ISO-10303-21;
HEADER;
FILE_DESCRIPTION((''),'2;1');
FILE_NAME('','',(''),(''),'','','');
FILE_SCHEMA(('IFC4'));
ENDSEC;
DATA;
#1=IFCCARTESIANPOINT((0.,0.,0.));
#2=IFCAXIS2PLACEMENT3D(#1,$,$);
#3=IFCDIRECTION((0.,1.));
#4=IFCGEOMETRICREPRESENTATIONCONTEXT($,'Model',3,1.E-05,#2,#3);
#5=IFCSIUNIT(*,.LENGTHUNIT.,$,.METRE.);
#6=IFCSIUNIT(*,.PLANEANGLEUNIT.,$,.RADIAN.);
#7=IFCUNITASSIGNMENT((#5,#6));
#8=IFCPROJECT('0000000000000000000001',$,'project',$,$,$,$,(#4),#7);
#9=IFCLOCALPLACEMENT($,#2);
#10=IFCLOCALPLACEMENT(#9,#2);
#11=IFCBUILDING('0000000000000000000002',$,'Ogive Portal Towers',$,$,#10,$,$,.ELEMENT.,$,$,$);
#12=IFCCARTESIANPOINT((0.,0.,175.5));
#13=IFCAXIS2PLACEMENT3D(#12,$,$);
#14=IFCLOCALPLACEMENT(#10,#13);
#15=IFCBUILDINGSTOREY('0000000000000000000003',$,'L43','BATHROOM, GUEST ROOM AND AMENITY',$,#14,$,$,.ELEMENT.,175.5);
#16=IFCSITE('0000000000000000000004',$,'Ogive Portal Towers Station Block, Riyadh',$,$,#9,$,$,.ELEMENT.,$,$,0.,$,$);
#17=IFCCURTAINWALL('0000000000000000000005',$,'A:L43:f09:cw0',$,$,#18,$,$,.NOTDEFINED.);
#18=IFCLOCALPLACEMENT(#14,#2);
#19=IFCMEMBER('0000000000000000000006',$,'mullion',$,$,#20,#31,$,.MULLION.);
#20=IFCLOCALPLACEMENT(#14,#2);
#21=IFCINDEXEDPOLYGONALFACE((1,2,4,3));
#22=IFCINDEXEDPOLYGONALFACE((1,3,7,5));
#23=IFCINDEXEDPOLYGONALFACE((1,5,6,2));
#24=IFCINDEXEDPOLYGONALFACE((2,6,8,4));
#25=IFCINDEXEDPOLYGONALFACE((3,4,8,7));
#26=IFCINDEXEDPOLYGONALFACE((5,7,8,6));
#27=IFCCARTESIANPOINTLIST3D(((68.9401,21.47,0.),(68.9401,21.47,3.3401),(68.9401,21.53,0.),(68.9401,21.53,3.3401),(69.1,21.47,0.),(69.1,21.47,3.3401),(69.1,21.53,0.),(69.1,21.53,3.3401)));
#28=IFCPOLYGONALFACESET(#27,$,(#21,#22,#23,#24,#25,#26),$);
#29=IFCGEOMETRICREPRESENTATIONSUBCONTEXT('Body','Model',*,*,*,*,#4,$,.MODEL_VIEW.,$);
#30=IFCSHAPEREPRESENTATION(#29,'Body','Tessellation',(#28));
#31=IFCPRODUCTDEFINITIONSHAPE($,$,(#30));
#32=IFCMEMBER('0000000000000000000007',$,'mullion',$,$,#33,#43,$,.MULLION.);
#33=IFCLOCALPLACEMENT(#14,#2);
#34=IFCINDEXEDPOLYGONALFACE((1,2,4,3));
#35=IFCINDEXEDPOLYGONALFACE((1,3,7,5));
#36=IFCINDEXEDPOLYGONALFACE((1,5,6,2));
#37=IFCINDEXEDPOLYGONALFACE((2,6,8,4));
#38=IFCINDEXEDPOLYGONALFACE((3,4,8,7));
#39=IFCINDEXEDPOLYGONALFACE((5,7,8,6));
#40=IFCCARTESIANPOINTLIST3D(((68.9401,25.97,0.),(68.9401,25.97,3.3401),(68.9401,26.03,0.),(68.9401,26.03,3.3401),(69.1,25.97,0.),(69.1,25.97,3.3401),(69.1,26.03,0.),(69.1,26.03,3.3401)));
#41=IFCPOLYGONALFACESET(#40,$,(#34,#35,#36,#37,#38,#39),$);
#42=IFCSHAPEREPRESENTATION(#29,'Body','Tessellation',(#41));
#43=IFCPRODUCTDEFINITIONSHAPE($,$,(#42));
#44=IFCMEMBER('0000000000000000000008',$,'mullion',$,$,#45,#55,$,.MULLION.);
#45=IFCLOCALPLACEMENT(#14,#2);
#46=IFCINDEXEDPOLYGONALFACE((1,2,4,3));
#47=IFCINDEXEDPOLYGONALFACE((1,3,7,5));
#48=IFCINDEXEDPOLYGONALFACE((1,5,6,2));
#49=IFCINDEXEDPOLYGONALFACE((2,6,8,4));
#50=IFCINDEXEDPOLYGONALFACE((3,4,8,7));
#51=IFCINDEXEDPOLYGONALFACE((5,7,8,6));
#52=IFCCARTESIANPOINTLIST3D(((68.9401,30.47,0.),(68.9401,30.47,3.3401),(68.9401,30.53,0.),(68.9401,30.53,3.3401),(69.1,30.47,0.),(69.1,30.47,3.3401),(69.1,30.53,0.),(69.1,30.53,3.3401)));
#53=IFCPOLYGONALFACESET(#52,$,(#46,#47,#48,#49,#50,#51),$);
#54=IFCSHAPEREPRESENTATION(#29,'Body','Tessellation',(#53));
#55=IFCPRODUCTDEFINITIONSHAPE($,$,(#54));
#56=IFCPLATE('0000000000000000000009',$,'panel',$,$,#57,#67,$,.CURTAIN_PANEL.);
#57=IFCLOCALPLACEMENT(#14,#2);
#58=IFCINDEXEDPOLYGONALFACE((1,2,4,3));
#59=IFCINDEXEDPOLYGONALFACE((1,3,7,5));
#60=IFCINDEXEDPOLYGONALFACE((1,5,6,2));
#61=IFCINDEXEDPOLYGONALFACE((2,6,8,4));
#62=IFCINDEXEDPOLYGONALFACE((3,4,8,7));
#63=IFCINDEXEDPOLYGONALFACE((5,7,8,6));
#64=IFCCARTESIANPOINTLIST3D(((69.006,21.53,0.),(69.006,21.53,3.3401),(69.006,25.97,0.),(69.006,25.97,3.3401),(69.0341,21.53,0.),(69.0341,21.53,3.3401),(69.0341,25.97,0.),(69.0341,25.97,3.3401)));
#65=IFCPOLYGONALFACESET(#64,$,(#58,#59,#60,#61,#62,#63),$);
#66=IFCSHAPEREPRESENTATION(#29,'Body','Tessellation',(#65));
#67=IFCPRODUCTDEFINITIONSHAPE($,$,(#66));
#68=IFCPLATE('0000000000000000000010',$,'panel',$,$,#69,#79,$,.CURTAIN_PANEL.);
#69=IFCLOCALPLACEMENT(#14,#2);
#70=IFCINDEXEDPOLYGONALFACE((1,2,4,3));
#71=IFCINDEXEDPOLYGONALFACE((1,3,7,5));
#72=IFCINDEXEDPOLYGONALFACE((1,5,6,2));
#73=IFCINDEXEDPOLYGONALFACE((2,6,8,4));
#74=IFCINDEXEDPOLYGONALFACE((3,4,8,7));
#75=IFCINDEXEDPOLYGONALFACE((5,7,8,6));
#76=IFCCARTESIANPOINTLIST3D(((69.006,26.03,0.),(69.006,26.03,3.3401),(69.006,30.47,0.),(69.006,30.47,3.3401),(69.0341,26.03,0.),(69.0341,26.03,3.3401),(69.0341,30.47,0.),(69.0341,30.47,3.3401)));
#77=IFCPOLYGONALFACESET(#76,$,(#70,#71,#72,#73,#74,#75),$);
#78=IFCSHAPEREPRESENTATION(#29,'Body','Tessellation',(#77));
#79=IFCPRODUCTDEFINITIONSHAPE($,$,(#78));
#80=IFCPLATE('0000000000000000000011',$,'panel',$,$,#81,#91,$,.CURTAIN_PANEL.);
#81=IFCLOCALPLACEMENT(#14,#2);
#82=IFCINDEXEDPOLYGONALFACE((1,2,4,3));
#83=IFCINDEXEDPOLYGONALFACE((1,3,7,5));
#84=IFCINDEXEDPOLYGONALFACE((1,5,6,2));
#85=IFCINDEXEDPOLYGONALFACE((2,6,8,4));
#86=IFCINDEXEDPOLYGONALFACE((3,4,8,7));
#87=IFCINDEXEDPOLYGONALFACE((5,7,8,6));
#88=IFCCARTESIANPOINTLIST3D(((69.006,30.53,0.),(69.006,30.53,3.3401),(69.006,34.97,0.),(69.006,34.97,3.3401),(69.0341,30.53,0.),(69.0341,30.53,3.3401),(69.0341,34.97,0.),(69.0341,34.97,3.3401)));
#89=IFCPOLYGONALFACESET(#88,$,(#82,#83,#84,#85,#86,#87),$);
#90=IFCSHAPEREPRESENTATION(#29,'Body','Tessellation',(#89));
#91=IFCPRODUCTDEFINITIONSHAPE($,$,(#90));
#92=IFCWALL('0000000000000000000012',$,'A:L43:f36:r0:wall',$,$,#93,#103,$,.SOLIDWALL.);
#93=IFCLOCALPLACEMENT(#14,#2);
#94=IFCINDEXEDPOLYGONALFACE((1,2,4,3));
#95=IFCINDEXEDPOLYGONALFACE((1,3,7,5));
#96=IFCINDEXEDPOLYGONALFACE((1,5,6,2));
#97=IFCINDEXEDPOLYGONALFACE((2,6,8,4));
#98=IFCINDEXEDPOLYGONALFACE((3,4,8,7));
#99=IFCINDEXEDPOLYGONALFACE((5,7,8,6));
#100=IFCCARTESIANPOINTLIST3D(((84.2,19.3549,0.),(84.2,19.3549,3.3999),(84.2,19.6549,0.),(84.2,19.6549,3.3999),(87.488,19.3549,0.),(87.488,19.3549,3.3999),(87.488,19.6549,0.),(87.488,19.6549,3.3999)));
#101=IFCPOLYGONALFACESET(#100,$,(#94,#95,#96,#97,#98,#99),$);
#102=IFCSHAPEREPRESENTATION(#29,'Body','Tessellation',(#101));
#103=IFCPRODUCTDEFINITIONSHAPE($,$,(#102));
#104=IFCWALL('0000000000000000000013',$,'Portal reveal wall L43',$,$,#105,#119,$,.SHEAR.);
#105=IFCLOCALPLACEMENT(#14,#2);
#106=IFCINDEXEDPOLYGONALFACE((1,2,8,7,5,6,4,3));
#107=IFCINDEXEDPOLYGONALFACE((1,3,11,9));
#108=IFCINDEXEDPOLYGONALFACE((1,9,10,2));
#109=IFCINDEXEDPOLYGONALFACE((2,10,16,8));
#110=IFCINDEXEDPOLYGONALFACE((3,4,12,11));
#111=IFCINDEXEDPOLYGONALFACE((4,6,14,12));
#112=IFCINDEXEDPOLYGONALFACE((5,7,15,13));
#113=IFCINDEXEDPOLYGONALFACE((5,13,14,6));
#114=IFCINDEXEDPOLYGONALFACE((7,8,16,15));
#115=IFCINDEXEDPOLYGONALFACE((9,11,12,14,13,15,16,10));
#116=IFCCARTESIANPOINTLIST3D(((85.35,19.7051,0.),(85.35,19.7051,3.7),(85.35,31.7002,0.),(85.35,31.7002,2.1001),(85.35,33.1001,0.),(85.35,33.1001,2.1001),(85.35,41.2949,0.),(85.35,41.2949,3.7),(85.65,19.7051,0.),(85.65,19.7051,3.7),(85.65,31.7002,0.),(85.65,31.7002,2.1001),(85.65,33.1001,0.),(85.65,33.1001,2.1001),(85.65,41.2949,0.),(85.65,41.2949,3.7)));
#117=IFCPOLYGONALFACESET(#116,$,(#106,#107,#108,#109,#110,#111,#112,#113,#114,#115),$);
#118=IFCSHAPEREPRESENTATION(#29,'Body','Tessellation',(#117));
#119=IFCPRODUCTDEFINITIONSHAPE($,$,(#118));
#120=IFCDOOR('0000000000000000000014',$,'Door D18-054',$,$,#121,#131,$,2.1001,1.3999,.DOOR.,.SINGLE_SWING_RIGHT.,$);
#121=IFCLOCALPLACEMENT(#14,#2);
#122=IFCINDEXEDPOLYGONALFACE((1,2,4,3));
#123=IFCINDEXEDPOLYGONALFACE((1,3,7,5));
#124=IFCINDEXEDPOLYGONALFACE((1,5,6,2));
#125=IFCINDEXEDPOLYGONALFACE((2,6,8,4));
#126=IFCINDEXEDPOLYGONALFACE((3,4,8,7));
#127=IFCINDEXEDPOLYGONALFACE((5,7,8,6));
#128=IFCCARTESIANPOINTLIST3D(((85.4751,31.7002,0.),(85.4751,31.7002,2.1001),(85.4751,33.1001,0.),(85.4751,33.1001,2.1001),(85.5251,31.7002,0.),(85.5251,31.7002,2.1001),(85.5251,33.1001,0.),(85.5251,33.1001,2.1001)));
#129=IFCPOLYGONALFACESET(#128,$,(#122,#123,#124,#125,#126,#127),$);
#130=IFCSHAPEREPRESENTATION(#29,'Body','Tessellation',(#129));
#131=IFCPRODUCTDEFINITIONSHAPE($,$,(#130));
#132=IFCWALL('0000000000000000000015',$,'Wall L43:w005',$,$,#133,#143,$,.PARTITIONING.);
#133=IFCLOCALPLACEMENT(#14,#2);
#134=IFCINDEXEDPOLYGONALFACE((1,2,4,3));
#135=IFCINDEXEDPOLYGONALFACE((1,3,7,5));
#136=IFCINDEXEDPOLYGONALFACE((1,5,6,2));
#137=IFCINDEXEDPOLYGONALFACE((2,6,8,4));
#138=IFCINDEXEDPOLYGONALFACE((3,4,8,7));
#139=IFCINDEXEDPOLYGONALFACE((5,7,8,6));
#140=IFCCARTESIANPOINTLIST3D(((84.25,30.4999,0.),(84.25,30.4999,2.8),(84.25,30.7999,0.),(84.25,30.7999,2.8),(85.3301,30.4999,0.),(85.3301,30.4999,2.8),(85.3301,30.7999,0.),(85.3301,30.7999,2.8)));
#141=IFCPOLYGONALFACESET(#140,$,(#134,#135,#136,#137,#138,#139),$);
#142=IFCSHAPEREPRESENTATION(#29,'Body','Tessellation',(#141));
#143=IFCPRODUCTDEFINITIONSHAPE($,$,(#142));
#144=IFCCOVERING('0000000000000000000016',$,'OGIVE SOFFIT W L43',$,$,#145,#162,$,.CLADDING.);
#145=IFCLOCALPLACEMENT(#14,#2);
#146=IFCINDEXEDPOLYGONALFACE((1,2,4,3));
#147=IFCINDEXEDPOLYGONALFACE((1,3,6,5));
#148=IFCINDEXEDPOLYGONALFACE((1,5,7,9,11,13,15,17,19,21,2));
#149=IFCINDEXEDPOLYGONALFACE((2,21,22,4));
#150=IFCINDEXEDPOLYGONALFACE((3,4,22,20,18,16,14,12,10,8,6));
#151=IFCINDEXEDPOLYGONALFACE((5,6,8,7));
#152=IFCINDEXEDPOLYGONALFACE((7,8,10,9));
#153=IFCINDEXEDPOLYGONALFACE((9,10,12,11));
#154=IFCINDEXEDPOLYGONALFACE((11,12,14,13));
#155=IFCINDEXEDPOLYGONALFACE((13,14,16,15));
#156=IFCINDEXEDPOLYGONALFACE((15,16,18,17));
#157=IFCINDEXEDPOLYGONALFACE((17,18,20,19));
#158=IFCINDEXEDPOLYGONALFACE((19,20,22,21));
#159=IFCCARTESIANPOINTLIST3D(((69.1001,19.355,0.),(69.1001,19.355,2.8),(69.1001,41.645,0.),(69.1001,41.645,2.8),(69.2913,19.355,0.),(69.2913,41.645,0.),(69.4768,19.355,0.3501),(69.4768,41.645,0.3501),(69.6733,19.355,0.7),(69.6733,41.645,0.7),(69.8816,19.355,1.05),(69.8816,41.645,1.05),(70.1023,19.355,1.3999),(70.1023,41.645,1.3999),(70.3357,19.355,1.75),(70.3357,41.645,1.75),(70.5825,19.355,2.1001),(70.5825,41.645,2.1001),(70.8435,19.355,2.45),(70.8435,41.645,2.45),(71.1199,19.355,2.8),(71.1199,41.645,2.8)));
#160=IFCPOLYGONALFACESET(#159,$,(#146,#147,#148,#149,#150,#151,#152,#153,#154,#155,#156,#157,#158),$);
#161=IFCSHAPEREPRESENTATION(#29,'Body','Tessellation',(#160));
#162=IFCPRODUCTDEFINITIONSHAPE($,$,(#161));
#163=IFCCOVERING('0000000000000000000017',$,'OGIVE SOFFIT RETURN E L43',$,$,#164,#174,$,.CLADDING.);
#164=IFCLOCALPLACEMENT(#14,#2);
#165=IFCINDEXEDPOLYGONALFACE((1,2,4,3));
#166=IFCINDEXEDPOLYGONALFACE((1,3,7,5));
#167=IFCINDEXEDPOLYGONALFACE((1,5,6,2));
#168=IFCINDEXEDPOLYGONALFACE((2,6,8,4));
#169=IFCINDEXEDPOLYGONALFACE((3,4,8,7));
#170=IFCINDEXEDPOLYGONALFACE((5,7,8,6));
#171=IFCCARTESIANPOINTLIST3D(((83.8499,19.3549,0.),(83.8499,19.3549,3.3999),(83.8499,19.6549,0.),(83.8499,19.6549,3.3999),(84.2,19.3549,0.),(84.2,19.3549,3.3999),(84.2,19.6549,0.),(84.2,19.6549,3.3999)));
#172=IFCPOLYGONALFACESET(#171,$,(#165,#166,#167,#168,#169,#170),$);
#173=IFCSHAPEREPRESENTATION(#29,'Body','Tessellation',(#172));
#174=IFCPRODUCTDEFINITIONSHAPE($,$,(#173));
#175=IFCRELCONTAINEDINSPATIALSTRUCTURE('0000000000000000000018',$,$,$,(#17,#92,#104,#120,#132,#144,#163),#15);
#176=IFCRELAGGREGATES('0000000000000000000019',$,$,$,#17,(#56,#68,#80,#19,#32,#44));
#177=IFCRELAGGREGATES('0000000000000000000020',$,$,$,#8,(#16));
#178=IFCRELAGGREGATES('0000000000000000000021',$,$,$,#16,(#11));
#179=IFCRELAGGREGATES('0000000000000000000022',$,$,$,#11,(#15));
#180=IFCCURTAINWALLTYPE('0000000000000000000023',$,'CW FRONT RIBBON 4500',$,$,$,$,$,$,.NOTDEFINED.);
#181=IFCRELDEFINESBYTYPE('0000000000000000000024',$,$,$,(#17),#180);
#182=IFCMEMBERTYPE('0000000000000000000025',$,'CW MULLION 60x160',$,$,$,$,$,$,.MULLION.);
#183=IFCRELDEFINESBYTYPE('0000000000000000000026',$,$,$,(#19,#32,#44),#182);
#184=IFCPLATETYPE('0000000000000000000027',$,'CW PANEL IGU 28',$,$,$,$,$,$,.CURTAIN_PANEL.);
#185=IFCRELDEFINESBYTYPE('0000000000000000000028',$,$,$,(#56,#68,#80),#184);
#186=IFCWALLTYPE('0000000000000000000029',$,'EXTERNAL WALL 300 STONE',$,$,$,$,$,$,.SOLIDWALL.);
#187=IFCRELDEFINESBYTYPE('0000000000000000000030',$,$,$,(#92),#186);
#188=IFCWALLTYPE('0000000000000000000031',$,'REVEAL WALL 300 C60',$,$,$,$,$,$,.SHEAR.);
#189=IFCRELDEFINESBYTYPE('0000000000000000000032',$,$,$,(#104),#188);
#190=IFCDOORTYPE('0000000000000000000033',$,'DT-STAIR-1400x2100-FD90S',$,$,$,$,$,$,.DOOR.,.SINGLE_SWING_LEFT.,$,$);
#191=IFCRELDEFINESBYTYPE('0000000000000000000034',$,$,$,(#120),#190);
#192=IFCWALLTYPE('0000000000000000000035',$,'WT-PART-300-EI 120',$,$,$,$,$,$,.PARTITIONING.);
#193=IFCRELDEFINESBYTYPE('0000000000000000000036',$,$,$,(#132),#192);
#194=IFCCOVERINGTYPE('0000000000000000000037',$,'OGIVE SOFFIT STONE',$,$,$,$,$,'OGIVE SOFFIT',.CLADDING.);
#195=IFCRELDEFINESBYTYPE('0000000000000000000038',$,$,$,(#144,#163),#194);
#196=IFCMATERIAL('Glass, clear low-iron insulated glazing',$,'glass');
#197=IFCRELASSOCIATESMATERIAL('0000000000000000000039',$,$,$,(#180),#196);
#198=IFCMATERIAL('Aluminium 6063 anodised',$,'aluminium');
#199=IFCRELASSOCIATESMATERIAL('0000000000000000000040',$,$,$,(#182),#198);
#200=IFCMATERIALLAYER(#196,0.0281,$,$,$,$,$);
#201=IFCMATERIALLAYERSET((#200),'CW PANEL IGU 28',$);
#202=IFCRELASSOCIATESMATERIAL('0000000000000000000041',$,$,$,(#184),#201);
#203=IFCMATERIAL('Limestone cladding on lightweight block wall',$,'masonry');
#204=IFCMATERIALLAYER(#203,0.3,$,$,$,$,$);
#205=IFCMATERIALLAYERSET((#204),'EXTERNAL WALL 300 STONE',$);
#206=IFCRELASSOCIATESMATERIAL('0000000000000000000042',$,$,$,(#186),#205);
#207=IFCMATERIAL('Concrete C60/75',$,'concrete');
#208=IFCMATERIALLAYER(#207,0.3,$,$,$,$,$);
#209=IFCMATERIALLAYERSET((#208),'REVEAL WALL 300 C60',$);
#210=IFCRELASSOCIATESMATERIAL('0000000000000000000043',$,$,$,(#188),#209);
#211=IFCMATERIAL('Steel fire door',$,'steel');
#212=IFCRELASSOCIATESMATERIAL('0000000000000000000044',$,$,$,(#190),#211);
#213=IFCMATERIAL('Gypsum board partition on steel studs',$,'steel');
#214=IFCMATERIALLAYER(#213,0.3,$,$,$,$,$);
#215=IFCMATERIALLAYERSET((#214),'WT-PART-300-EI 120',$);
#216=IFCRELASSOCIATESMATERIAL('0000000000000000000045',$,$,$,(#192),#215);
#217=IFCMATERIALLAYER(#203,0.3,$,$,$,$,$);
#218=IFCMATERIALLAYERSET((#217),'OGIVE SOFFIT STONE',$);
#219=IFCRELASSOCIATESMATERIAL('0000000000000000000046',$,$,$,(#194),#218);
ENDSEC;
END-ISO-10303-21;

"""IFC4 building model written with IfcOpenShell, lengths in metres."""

from ifc_helpers import new_model, si_unit, direction, frame, frame_2d, origin, origin_2d, place, context, subcontext, project, spatial, polyline, rectangle, outline, extrude, material, layer, layer_set, material_profile, profile_set, type_object, element, fill, aggregate, save


model = new_model("IFC4")

# Units and contexts
model_context = context("Model", 3, precision=1e-05, world=origin(), true_north=direction((0.0, 1.0)))
body_context = subcontext(model_context, "Body", "Model", "MODEL_VIEW")
ifc_project = project(units=[si_unit("LENGTHUNIT", "METRE"), si_unit("PLANEANGLEUNIT", "RADIAN")], contexts=[model_context])

# Site, building, storey
site_placement = place(None, origin())
site = spatial("IfcSite", under=ifc_project, at=site_placement, Name="Ogive Portal Towers Station Block, Riyadh", CompositionType="ELEMENT", RefElevation=0.0)
building_placement = place(site_placement, origin())
building = spatial("IfcBuilding", under=site, at=building_placement, Name="Ogive Portal Towers", CompositionType="ELEMENT")
storey_placement = place(building_placement, frame((0.0, 0.0, 175.5)))
storey = spatial("IfcBuildingStorey", under=building, at=storey_placement, Name="L43", Description="BATHROOM, GUEST ROOM AND AMENITY", CompositionType="ELEMENT", Elevation=175.5)

# Curtain wall, members, plates
ifc_material_1 = material(Name="Glass, clear low-iron insulated glazing", Category="glass")
curtain_wall_type = type_object("IfcCurtainWallType", Name="CW FRONT RIBBON 4500", PredefinedType="NOTDEFINED", material=ifc_material_1)
curtain_wall_placement = place(storey_placement, origin())
curtain_wall = element("IfcCurtainWall", 1, at=curtain_wall_placement, inside=storey, type_object=curtain_wall_type, Name="A:L43:f09:cw0", PredefinedType="NOTDEFINED")
ifc_material_2 = material(Name="Aluminium 6063 anodised", Category="aluminium")
ifc_material_profile = material_profile(ifc_material_2, rectangle(XDim=0.1599, YDim=0.0601, at=origin_2d()), Name="AL 60x160")
ifc_profile_set = profile_set([ifc_material_profile], Name="Aluminium 6063 anodised")
member_type = type_object("IfcMemberType", Name="CW MULLION 60x160", PredefinedType="MULLION", material=ifc_profile_set)
member_1_placement = place(storey_placement, frame((69.02, 21.5, 0.0), z_axis=(0.0, 0.0, 1.0), x_axis=(-1.0, 0.0, 0.0)))
member_1 = element("IfcMember", 2, at=member_1_placement, type_object=member_type, Name="mullion", PredefinedType="MULLION", context=body_context, shape_type="SweptSolid", body=[
    extrude(rectangle(XDim=0.1599, YDim=0.0601, at=origin_2d()), origin(), (0.0, 0.0, 1.0), 3.3401),
])
member_2_placement = place(storey_placement, frame((69.02, 26.0, 0.0), z_axis=(0.0, 0.0, 1.0), x_axis=(-1.0, 0.0, 0.0)))
member_2 = element("IfcMember", 3, at=member_2_placement, type_object=member_type, Name="mullion", PredefinedType="MULLION", context=body_context, shape_type="SweptSolid", body=[
    extrude(rectangle(XDim=0.1599, YDim=0.0601, at=origin_2d()), origin(), (0.0, 0.0, 1.0), 3.3401),
])
member_3_placement = place(storey_placement, frame((69.02, 30.5, 0.0), z_axis=(0.0, 0.0, 1.0), x_axis=(-1.0, 0.0, 0.0)))
member_3 = element("IfcMember", 4, at=member_3_placement, type_object=member_type, Name="mullion", PredefinedType="MULLION", context=body_context, shape_type="SweptSolid", body=[
    extrude(rectangle(XDim=0.1599, YDim=0.0601, at=origin_2d()), origin(), (0.0, 0.0, 1.0), 3.3401),
])
ifc_layer_1 = layer(ifc_material_1, 0.0281)
ifc_layer_set_1 = layer_set([ifc_layer_1], Name="CW PANEL IGU 28")
plate_type = type_object("IfcPlateType", Name="CW PANEL IGU 28", PredefinedType="CURTAIN_PANEL", material=ifc_layer_set_1)
plate_1_placement = place(storey_placement, frame((69.02, 23.75, 0.0), z_axis=(0.0, 0.0, 1.0), x_axis=(0.0, 1.0, 0.0)))
plate_1 = element("IfcPlate", 5, at=plate_1_placement, type_object=plate_type, Name="panel", PredefinedType="CURTAIN_PANEL", context=body_context, shape_type="SweptSolid", body=[
    extrude(rectangle(XDim=4.4399, YDim=0.0281, at=origin_2d()), origin(), (0.0, 0.0, 1.0), 3.3401),
])
plate_2_placement = place(storey_placement, frame((69.02, 28.25, 0.0), z_axis=(0.0, 0.0, 1.0), x_axis=(0.0, 1.0, 0.0)))
plate_2 = element("IfcPlate", 6, at=plate_2_placement, type_object=plate_type, Name="panel", PredefinedType="CURTAIN_PANEL", context=body_context, shape_type="SweptSolid", body=[
    extrude(rectangle(XDim=4.4399, YDim=0.0281, at=origin_2d()), origin(), (0.0, 0.0, 1.0), 3.3401),
])
plate_3_placement = place(storey_placement, frame((69.02, 32.75, 0.0), z_axis=(0.0, 0.0, 1.0), x_axis=(0.0, 1.0, 0.0)))
plate_3 = element("IfcPlate", 7, at=plate_3_placement, type_object=plate_type, Name="panel", PredefinedType="CURTAIN_PANEL", context=body_context, shape_type="SweptSolid", body=[
    extrude(rectangle(XDim=4.4399, YDim=0.0281, at=origin_2d()), origin(), (0.0, 0.0, 1.0), 3.3401),
])
aggregate(curtain_wall, [plate_1, plate_2, plate_3, member_1, member_2, member_3])

# Wall
ifc_material_3 = material(Name="Limestone cladding on lightweight block wall", Category="masonry")
ifc_layer_2 = layer(ifc_material_3, 0.3)
ifc_layer_set_2 = layer_set([ifc_layer_2], Name="EXTERNAL WALL 300 STONE")
wall_type_1 = type_object("IfcWallType", Name="EXTERNAL WALL 300 STONE", PredefinedType="SOLIDWALL", material=ifc_layer_set_2)
wall_1_placement = place(storey_placement, frame((84.2, 19.5049, 0.0), z_axis=(0.0, 0.0, 1.0), x_axis=(1.0, 0.0, 0.0)))
element("IfcWall", 8, at=wall_1_placement, inside=storey, type_object=wall_type_1, Name="A:L43:f36:r0:wall", PredefinedType="SOLIDWALL", context=body_context, shape_type="SweptSolid", body=[
    extrude(rectangle(XDim=3.2881, YDim=0.3, at=frame_2d((1.644, 0.0))), origin(), (0.0, 0.0, 1.0), 3.3999),
])

# Wall, opening, door
ifc_material_4 = material(Name="Concrete C60/75", Category="concrete")
ifc_layer_3 = layer(ifc_material_4, 0.3)
ifc_layer_set_3 = layer_set([ifc_layer_3], Name="REVEAL WALL 300 C60")
wall_type_2 = type_object("IfcWallType", Name="REVEAL WALL 300 C60", PredefinedType="SHEAR", material=ifc_layer_set_3)
wall_2_placement = place(storey_placement, frame((85.5, 19.7051, 0.0), z_axis=(0.0, 0.0, 1.0), x_axis=(0.0, 1.0, 0.0)))
wall_2 = element("IfcWall", 9, at=wall_2_placement, inside=storey, type_object=wall_type_2, Name="Portal reveal wall L43", PredefinedType="SHEAR", context=body_context, shape_type="SweptSolid", body=[
    extrude(rectangle(XDim=21.5898, YDim=0.3, at=frame_2d((10.7949, 0.0))), origin(), (0.0, 0.0, 1.0), 3.7),
])
opening_placement = place(wall_2_placement, frame((11.9951, 0.0, 0.0)))
opening = element("IfcOpeningElement", 10, at=opening_placement, cuts=wall_2, PredefinedType="OPENING", context=body_context, shape_type="SweptSolid", body=[
    extrude(rectangle(XDim=1.3999, YDim=2.1001, at=frame_2d((0.7, 1.05))), frame((0.0, 0.1602, 0.0), z_axis=(0.0, -1.0, 0.0), x_axis=(1.0, 0.0, 0.0)), (0.0, 0.0, 1.0), 0.3201),
])
ifc_material_5 = material(Name="Steel fire door", Category="steel")
door_type = type_object("IfcDoorType", Name="DT-STAIR-1400x2100-FD90S", OperationType="SINGLE_SWING_LEFT", PredefinedType="DOOR", material=ifc_material_5)
door_placement = place(opening_placement, origin())
door = element("IfcDoor", 11, at=door_placement, inside=storey, type_object=door_type, Name="Door D18-054", OperationType="SINGLE_SWING_RIGHT", OverallHeight=2.1001, OverallWidth=1.3999, PredefinedType="DOOR", context=body_context, shape_type="SweptSolid", body=[
    extrude(rectangle(XDim=1.3999, YDim=2.1001, at=frame_2d((0.7, 1.05))), frame((0.0, 0.0249, 0.0), z_axis=(0.0, -1.0, 0.0), x_axis=(1.0, 0.0, 0.0)), (0.0, 0.0, 1.0), 0.05),
])
fill(opening, door)

# Wall
ifc_material_6 = material(Name="Gypsum board partition on steel studs", Category="steel")
ifc_layer_4 = layer(ifc_material_6, 0.3)
ifc_layer_set_4 = layer_set([ifc_layer_4], Name="WT-PART-300-EI 120")
wall_type_3 = type_object("IfcWallType", Name="WT-PART-300-EI 120", PredefinedType="PARTITIONING", material=ifc_layer_set_4)
wall_3_placement = place(storey_placement, frame((84.25, 30.6499, 0.0), z_axis=(0.0, 0.0, 1.0), x_axis=(1.0, 0.0, 0.0)))
element("IfcWall", 12, at=wall_3_placement, inside=storey, type_object=wall_type_3, Name="Wall L43:w005", PredefinedType="PARTITIONING", context=body_context, shape_type="SweptSolid", body=[
    extrude(rectangle(XDim=1.0801, YDim=0.3, at=frame_2d((0.54, 0.0))), origin(), (0.0, 0.0, 1.0), 2.8),
])

# Coverings
ifc_layer_5 = layer(ifc_material_3, 0.3)
ifc_layer_set_5 = layer_set([ifc_layer_5], Name="OGIVE SOFFIT STONE")
covering_type_1 = type_object("IfcCoveringType", Name="OGIVE SOFFIT STONE", ElementType="OGIVE SOFFIT", PredefinedType="CLADDING", material=ifc_layer_set_5)
covering_1_placement = place(storey_placement, frame((69.1001, 19.355, 0.0), z_axis=(0.0, -1.0, 0.0), x_axis=(1.0, 0.0, 0.0)))
element("IfcCovering", 13, at=covering_1_placement, inside=storey, type_object=covering_type_1, Name="OGIVE SOFFIT W L43", PredefinedType="CLADDING", context=body_context, shape_type="SweptSolid", body=[
    extrude(outline(polyline([(0.0, 0.0), (0.1912, 0.0), (0.3767, 0.3501), (0.5732, 0.7), (0.7815, 1.05), (1.0022, 1.3999), (1.2356, 1.75), (1.4824, 2.1001), (1.7434, 2.45), (2.0198, 2.8), (0.0, 2.8), (0.0, 0.0)])), origin(), (0.0, 0.0, -1.0), 22.29),
])
covering_2_placement = place(storey_placement, frame((84.0249, 19.5049, 0.0), z_axis=(0.0, 0.0, 1.0), x_axis=(1.0, 0.0, 0.0)))
element("IfcCovering", 14, at=covering_2_placement, inside=storey, type_object=covering_type_1, Name="OGIVE SOFFIT RETURN E L43", PredefinedType="CLADDING", context=body_context, shape_type="SweptSolid", body=[
    extrude(rectangle(XDim=0.3501, YDim=0.3, at=origin_2d()), origin(), (0.0, 0.0, 1.0), 3.3999),
])

save(model, "model.ifc")
